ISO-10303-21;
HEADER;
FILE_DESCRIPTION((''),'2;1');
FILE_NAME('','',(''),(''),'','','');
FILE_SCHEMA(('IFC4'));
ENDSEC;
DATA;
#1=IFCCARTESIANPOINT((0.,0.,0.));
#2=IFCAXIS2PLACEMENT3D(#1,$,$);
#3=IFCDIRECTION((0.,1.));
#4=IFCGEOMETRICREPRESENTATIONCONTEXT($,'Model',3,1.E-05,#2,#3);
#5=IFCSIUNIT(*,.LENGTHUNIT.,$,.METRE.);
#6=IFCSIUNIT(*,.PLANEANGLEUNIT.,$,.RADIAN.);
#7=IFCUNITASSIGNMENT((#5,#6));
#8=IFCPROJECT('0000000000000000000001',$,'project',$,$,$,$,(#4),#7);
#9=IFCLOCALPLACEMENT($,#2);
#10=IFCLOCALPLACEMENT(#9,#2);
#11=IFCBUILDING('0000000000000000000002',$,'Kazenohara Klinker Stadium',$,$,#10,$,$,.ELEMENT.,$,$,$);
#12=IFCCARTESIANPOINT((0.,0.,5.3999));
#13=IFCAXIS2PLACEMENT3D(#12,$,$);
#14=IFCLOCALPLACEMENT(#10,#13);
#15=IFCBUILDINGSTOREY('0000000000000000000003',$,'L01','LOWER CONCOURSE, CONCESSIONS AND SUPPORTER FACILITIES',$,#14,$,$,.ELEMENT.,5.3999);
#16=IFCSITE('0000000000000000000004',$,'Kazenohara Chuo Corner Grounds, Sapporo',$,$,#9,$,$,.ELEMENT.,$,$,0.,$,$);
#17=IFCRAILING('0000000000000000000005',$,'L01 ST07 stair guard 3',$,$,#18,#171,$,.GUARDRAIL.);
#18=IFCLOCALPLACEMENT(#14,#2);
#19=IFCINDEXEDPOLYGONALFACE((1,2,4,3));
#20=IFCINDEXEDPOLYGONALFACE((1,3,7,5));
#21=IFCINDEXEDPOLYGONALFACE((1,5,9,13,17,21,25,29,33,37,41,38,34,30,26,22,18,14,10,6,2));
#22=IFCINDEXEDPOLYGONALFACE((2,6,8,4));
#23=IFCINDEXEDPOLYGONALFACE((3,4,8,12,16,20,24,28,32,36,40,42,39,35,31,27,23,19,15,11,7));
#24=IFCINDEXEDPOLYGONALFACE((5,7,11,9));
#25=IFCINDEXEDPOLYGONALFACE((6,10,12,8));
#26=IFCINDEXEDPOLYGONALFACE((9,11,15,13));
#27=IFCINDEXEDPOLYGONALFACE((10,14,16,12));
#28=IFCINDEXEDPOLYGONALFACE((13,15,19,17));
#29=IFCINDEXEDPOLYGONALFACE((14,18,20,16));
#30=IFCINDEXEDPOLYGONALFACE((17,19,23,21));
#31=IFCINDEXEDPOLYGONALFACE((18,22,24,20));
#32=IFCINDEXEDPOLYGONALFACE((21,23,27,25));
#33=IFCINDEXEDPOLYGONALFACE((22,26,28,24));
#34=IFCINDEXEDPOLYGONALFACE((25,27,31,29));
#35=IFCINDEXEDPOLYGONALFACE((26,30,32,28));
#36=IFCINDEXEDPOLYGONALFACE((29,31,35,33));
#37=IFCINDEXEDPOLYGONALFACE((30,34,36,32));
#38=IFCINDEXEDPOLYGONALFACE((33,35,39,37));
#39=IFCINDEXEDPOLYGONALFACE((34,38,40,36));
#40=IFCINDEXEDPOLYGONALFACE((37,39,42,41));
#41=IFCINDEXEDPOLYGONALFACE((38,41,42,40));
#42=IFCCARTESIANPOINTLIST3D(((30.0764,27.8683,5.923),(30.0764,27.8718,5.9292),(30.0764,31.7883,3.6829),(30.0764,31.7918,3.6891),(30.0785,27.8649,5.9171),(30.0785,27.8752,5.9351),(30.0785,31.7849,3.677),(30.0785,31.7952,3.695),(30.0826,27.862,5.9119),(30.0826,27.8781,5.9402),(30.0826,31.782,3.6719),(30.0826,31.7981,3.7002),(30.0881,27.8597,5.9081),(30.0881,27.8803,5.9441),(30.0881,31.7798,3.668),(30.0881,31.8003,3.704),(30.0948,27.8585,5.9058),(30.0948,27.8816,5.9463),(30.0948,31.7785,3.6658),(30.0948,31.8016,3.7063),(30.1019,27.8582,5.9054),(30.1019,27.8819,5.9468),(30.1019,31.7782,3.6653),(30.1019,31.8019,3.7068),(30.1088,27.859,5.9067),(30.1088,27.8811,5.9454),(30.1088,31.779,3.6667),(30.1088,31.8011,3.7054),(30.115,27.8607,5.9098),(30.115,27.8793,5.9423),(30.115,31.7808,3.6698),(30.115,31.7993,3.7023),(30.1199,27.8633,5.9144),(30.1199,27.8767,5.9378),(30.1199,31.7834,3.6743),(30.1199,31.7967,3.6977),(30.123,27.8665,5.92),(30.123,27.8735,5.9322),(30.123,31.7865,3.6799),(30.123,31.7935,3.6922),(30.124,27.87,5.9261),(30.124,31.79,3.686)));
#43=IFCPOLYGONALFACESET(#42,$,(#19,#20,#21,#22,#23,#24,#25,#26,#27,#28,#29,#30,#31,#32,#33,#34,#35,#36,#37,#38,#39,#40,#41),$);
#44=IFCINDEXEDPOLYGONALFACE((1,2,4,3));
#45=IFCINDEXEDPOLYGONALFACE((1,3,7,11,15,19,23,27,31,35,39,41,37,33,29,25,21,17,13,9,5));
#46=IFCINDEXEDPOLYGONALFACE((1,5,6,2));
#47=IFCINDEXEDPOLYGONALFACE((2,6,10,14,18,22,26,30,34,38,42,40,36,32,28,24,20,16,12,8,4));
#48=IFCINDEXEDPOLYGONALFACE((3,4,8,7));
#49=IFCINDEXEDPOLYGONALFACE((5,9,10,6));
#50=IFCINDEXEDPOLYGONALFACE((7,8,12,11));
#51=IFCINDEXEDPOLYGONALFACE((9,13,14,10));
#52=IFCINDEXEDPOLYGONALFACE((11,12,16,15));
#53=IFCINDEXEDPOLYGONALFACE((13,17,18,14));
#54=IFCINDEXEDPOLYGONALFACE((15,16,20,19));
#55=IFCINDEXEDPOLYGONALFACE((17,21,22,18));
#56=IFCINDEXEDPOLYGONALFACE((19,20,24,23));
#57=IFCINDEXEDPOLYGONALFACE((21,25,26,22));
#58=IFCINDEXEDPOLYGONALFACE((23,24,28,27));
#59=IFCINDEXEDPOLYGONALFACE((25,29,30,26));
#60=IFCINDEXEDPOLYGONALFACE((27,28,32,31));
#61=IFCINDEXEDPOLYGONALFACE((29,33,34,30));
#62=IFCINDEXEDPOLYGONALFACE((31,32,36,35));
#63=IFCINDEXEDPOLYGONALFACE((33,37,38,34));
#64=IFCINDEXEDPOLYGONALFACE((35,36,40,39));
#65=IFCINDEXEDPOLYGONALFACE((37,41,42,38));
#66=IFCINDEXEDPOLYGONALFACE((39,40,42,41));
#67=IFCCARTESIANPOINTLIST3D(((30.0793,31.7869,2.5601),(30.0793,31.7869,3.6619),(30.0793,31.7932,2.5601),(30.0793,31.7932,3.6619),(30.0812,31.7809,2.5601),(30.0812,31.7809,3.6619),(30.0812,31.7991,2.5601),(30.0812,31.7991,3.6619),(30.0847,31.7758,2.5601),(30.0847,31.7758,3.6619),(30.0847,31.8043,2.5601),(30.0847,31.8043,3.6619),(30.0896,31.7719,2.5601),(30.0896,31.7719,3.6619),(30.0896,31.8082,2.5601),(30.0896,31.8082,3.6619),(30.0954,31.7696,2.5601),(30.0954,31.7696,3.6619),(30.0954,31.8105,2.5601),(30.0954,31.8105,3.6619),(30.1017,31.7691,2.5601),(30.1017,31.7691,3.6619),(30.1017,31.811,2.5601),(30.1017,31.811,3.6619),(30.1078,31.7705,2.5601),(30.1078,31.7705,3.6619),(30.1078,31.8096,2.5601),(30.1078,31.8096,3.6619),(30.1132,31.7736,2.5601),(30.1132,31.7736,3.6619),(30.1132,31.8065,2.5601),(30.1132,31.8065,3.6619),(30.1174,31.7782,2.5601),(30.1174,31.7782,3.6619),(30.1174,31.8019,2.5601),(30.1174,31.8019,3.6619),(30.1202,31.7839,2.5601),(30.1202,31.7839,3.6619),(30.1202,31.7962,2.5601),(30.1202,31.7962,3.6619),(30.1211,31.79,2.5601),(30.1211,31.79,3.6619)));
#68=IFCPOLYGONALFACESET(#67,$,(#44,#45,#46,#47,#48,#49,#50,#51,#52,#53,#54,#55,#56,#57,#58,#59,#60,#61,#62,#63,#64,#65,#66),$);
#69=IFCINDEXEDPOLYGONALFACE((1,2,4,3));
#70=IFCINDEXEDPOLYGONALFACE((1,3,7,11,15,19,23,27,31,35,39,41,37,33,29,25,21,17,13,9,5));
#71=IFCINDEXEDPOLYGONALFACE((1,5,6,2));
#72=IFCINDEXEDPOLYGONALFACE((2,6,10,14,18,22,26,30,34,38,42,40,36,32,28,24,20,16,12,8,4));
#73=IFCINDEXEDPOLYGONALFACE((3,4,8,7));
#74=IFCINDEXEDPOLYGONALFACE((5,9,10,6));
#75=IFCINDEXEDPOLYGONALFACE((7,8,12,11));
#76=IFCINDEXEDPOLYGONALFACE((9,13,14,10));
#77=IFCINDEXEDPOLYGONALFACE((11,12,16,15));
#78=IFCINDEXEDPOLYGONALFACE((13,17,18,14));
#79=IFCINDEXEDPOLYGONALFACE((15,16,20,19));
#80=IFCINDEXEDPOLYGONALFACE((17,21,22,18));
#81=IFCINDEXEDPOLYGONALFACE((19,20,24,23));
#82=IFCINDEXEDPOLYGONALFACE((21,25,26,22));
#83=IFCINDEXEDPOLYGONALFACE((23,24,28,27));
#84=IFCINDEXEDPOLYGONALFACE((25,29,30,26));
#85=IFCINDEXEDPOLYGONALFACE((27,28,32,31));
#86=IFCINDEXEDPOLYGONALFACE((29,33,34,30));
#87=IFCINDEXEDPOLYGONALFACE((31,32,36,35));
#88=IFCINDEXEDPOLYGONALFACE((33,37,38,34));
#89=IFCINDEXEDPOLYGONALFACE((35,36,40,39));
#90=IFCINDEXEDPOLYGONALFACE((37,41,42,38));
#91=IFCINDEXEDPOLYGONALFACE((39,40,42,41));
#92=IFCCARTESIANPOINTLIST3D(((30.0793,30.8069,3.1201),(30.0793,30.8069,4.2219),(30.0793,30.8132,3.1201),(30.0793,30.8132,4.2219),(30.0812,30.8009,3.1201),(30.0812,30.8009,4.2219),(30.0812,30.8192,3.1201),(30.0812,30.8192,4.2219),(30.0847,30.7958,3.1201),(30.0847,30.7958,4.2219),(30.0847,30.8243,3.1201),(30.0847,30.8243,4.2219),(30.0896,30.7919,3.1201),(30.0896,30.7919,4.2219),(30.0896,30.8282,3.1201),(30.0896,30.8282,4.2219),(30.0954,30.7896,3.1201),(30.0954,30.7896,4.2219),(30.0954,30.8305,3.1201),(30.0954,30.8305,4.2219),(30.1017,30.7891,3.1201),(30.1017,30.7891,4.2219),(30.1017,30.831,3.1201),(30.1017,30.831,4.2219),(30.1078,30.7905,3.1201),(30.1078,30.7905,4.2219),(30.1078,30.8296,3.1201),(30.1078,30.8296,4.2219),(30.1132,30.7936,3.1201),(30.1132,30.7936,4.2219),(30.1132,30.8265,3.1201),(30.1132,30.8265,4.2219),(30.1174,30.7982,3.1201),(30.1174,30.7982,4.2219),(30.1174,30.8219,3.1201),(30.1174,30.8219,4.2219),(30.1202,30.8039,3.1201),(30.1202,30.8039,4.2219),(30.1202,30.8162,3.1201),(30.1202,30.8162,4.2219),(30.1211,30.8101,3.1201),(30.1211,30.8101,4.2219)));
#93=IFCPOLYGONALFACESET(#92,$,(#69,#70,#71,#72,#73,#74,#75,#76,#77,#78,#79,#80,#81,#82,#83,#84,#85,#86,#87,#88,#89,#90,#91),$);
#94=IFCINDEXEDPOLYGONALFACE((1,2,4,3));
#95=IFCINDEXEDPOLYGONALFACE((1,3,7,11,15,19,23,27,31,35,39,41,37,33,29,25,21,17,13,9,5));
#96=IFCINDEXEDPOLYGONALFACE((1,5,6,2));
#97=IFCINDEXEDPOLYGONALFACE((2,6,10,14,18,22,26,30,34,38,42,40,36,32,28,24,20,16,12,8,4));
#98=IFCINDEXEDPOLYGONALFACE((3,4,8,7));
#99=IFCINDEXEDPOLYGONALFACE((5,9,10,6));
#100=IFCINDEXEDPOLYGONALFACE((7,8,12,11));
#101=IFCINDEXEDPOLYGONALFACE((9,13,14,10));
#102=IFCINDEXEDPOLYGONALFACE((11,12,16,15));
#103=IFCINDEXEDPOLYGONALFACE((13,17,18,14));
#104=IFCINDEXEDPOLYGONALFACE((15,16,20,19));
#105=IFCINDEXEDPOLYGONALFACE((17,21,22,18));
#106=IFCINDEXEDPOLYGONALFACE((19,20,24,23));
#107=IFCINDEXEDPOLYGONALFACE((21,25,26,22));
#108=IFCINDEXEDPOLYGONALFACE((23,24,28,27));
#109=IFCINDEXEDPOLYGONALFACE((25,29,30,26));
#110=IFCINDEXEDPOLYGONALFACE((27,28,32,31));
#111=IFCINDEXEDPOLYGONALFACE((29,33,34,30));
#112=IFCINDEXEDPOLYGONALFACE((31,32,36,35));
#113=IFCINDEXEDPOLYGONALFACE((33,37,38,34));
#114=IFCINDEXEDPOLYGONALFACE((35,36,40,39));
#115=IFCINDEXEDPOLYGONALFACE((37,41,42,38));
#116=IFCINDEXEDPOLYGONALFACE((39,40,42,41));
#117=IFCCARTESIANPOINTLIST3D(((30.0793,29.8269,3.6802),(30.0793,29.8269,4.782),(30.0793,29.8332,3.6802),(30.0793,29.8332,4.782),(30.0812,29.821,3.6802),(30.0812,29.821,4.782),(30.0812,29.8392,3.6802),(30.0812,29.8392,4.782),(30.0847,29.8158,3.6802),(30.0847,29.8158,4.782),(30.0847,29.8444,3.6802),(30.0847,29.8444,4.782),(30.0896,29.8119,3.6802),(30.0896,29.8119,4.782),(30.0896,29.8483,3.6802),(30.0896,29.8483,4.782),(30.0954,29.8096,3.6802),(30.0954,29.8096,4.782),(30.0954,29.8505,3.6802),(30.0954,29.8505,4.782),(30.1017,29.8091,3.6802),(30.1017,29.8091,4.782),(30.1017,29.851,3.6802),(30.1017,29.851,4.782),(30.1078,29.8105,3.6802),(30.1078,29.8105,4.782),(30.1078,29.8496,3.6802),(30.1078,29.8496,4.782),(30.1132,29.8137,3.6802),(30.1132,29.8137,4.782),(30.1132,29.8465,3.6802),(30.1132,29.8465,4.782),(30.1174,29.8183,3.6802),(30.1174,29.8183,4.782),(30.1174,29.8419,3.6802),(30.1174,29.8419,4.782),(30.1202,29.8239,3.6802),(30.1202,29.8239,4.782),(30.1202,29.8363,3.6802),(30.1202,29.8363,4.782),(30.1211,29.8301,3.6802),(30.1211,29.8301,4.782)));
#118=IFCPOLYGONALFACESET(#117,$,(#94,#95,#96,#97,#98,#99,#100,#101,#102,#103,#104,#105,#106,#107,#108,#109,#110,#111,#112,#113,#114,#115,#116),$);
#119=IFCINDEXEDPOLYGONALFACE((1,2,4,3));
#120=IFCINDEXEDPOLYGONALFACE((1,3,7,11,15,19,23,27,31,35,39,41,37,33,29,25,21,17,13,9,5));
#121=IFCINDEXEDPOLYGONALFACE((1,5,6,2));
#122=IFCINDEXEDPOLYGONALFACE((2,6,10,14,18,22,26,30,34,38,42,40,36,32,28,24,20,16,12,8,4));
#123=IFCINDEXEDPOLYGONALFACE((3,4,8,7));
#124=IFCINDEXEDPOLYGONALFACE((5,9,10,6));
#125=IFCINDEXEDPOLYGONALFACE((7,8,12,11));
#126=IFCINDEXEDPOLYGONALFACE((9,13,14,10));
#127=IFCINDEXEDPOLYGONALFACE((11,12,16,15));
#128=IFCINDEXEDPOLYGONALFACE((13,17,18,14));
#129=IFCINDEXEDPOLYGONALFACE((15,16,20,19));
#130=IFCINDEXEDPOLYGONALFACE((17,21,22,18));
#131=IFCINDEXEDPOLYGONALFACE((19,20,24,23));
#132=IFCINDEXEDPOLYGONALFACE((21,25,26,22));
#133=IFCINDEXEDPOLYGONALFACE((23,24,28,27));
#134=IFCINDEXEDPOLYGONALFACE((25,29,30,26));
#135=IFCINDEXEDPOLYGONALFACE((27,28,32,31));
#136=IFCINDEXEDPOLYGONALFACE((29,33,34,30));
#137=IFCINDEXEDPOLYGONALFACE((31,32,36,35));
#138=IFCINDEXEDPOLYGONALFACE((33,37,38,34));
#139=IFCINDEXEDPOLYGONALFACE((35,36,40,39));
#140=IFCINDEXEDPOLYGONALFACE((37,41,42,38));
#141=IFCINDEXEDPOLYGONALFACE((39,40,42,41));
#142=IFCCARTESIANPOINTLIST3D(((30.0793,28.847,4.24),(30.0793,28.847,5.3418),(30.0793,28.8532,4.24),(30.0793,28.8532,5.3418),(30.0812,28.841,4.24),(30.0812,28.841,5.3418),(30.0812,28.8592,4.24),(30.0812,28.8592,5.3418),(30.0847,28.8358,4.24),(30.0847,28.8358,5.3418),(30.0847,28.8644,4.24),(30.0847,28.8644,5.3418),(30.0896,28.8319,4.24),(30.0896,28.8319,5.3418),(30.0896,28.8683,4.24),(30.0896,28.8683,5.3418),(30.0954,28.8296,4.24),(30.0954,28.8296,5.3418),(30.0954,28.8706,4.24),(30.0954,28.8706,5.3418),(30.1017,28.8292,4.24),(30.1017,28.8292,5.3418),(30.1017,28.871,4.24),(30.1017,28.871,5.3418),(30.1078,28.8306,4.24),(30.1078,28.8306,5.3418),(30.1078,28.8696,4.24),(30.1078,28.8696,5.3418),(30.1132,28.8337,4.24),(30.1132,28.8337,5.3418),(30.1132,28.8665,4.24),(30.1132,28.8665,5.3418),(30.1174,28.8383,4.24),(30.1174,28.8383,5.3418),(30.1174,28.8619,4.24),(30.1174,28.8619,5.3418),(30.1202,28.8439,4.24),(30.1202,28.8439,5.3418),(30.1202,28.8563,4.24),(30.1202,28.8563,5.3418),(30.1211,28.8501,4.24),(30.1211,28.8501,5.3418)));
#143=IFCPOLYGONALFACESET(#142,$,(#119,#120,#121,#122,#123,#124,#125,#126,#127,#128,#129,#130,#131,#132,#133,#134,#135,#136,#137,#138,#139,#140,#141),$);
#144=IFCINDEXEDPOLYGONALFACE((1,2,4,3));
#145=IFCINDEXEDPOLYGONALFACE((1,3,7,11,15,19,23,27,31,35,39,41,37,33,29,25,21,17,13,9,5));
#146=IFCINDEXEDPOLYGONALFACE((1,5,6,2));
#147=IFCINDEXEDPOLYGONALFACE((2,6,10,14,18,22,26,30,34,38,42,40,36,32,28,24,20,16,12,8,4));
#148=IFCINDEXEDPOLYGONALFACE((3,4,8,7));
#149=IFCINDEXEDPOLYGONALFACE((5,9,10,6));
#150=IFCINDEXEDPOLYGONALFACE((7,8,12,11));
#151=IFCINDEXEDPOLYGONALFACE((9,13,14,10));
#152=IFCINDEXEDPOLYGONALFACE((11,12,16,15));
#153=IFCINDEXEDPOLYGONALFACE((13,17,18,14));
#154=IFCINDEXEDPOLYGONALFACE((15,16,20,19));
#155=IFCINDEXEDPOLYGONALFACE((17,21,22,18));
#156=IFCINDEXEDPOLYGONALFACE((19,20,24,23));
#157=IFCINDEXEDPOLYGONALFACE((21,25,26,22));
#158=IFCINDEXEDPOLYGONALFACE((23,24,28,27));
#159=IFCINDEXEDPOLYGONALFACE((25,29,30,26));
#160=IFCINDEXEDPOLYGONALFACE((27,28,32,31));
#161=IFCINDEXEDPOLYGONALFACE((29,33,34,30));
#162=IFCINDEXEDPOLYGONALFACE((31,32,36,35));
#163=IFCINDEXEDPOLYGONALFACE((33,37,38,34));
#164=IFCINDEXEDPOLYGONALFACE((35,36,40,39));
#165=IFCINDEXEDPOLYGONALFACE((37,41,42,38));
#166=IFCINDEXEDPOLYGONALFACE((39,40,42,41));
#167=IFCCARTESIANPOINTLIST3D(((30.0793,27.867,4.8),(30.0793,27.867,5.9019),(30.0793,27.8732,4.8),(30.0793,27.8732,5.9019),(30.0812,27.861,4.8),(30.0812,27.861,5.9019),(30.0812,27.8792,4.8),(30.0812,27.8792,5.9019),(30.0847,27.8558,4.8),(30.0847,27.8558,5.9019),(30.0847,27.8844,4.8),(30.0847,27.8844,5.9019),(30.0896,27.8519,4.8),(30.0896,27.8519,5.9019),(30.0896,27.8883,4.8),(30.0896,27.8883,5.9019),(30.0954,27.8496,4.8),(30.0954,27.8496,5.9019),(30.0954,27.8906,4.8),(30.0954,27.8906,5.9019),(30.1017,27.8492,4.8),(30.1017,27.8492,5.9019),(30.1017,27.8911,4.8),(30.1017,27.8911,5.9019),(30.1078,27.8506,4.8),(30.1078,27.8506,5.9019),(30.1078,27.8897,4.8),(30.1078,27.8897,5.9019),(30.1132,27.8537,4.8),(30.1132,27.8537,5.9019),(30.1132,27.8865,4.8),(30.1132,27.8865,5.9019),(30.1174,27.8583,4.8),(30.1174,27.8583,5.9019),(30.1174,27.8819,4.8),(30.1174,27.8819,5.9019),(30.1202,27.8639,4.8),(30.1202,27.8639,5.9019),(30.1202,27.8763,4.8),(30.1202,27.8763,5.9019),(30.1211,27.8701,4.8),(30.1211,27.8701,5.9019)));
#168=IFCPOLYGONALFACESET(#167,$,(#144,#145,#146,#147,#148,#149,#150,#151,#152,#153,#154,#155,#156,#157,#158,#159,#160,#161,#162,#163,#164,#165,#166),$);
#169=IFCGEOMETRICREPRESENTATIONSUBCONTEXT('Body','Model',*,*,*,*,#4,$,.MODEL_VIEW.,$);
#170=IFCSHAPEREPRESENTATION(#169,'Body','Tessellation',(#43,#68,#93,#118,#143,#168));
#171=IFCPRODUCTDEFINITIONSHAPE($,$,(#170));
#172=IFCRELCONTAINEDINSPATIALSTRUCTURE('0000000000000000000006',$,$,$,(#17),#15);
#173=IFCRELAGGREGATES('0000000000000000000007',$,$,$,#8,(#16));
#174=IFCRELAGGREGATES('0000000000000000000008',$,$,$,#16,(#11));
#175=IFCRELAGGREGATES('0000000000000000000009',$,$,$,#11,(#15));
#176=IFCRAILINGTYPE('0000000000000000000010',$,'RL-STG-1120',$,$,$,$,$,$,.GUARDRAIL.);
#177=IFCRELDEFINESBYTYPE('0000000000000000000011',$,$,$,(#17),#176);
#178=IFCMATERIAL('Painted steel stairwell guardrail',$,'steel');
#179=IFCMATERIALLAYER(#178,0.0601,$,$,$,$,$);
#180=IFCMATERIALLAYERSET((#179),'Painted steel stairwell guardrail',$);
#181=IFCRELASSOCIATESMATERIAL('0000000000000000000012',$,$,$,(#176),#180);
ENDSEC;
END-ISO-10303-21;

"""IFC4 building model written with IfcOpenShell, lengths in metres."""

from ifc_helpers import new_model, si_unit, direction, frame, origin, origin_2d, place, context, subcontext, project, spatial, circle, extrude, material, layer, layer_set, type_object, element, save


model = new_model("IFC4")

# Units and contexts
model_context = context("Model", 3, precision=1e-05, world=origin(), true_north=direction((0.0, 1.0)))
body_context = subcontext(model_context, "Body", "Model", "MODEL_VIEW")
ifc_project = project(units=[si_unit("LENGTHUNIT", "METRE"), si_unit("PLANEANGLEUNIT", "RADIAN")], contexts=[model_context])

# Site, building, storey
site_placement = place(None, origin())
site = spatial("IfcSite", under=ifc_project, at=site_placement, Name="Kazenohara Chuo Corner Grounds, Sapporo", CompositionType="ELEMENT", RefElevation=0.0)
building_placement = place(site_placement, origin())
building = spatial("IfcBuilding", under=site, at=building_placement, Name="Kazenohara Klinker Stadium", CompositionType="ELEMENT")
storey_placement = place(building_placement, frame((0.0, 0.0, 5.3999)))
storey = spatial("IfcBuildingStorey", under=building, at=storey_placement, Name="L01", Description="LOWER CONCOURSE, CONCESSIONS AND SUPPORTER FACILITIES", CompositionType="ELEMENT", Elevation=5.3999)

# Railing
ifc_material_1 = material(Name="Painted steel stairwell guardrail", Category="steel")
ifc_layer_1 = layer(ifc_material_1, 0.0601)
ifc_layer_set_1 = layer_set([ifc_layer_1], Name="Painted steel stairwell guardrail")
railing_type_1 = type_object("IfcRailingType", Name="RL-STG-1120", PredefinedType="GUARDRAIL", material=ifc_layer_set_1)
railing_1_placement = place(storey_placement, frame((30.1001, 31.79, 2.5601)))
element("IfcRailing", 1, at=railing_1_placement, inside=storey, type_object=railing_type_1, Name="L01 ST07 stair guard 3", PredefinedType="GUARDRAIL", context=body_context, shape_type="SweptSolid", body=[
    extrude(circle(Radius=0.0239, at=origin_2d()), frame((0.0, 0.0, 1.126), z_axis=(0.0, -0.86824, 0.496145), x_axis=(1.0, 0.0, 0.0)), (0.0, 0.0, 1.0), 4.5149),
    extrude(circle(Radius=0.021, at=origin_2d()), origin(), (0.0, 0.0, 1.0), 1.1018),
    extrude(circle(Radius=0.021, at=origin_2d()), frame((0.0, -0.98, 0.5601)), (0.0, 0.0, 1.0), 1.1018),
    extrude(circle(Radius=0.021, at=origin_2d()), frame((0.0, -1.96, 1.1201)), (0.0, 0.0, 1.0), 1.1018),
    extrude(circle(Radius=0.021, at=origin_2d()), frame((0.0, -2.9399, 1.6799)), (0.0, 0.0, 1.0), 1.1018),
    extrude(circle(Radius=0.021, at=origin_2d()), frame((0.0, -3.9199, 2.24)), (0.0, 0.0, 1.0), 1.1018),
])

save(model, "model.ifc")
